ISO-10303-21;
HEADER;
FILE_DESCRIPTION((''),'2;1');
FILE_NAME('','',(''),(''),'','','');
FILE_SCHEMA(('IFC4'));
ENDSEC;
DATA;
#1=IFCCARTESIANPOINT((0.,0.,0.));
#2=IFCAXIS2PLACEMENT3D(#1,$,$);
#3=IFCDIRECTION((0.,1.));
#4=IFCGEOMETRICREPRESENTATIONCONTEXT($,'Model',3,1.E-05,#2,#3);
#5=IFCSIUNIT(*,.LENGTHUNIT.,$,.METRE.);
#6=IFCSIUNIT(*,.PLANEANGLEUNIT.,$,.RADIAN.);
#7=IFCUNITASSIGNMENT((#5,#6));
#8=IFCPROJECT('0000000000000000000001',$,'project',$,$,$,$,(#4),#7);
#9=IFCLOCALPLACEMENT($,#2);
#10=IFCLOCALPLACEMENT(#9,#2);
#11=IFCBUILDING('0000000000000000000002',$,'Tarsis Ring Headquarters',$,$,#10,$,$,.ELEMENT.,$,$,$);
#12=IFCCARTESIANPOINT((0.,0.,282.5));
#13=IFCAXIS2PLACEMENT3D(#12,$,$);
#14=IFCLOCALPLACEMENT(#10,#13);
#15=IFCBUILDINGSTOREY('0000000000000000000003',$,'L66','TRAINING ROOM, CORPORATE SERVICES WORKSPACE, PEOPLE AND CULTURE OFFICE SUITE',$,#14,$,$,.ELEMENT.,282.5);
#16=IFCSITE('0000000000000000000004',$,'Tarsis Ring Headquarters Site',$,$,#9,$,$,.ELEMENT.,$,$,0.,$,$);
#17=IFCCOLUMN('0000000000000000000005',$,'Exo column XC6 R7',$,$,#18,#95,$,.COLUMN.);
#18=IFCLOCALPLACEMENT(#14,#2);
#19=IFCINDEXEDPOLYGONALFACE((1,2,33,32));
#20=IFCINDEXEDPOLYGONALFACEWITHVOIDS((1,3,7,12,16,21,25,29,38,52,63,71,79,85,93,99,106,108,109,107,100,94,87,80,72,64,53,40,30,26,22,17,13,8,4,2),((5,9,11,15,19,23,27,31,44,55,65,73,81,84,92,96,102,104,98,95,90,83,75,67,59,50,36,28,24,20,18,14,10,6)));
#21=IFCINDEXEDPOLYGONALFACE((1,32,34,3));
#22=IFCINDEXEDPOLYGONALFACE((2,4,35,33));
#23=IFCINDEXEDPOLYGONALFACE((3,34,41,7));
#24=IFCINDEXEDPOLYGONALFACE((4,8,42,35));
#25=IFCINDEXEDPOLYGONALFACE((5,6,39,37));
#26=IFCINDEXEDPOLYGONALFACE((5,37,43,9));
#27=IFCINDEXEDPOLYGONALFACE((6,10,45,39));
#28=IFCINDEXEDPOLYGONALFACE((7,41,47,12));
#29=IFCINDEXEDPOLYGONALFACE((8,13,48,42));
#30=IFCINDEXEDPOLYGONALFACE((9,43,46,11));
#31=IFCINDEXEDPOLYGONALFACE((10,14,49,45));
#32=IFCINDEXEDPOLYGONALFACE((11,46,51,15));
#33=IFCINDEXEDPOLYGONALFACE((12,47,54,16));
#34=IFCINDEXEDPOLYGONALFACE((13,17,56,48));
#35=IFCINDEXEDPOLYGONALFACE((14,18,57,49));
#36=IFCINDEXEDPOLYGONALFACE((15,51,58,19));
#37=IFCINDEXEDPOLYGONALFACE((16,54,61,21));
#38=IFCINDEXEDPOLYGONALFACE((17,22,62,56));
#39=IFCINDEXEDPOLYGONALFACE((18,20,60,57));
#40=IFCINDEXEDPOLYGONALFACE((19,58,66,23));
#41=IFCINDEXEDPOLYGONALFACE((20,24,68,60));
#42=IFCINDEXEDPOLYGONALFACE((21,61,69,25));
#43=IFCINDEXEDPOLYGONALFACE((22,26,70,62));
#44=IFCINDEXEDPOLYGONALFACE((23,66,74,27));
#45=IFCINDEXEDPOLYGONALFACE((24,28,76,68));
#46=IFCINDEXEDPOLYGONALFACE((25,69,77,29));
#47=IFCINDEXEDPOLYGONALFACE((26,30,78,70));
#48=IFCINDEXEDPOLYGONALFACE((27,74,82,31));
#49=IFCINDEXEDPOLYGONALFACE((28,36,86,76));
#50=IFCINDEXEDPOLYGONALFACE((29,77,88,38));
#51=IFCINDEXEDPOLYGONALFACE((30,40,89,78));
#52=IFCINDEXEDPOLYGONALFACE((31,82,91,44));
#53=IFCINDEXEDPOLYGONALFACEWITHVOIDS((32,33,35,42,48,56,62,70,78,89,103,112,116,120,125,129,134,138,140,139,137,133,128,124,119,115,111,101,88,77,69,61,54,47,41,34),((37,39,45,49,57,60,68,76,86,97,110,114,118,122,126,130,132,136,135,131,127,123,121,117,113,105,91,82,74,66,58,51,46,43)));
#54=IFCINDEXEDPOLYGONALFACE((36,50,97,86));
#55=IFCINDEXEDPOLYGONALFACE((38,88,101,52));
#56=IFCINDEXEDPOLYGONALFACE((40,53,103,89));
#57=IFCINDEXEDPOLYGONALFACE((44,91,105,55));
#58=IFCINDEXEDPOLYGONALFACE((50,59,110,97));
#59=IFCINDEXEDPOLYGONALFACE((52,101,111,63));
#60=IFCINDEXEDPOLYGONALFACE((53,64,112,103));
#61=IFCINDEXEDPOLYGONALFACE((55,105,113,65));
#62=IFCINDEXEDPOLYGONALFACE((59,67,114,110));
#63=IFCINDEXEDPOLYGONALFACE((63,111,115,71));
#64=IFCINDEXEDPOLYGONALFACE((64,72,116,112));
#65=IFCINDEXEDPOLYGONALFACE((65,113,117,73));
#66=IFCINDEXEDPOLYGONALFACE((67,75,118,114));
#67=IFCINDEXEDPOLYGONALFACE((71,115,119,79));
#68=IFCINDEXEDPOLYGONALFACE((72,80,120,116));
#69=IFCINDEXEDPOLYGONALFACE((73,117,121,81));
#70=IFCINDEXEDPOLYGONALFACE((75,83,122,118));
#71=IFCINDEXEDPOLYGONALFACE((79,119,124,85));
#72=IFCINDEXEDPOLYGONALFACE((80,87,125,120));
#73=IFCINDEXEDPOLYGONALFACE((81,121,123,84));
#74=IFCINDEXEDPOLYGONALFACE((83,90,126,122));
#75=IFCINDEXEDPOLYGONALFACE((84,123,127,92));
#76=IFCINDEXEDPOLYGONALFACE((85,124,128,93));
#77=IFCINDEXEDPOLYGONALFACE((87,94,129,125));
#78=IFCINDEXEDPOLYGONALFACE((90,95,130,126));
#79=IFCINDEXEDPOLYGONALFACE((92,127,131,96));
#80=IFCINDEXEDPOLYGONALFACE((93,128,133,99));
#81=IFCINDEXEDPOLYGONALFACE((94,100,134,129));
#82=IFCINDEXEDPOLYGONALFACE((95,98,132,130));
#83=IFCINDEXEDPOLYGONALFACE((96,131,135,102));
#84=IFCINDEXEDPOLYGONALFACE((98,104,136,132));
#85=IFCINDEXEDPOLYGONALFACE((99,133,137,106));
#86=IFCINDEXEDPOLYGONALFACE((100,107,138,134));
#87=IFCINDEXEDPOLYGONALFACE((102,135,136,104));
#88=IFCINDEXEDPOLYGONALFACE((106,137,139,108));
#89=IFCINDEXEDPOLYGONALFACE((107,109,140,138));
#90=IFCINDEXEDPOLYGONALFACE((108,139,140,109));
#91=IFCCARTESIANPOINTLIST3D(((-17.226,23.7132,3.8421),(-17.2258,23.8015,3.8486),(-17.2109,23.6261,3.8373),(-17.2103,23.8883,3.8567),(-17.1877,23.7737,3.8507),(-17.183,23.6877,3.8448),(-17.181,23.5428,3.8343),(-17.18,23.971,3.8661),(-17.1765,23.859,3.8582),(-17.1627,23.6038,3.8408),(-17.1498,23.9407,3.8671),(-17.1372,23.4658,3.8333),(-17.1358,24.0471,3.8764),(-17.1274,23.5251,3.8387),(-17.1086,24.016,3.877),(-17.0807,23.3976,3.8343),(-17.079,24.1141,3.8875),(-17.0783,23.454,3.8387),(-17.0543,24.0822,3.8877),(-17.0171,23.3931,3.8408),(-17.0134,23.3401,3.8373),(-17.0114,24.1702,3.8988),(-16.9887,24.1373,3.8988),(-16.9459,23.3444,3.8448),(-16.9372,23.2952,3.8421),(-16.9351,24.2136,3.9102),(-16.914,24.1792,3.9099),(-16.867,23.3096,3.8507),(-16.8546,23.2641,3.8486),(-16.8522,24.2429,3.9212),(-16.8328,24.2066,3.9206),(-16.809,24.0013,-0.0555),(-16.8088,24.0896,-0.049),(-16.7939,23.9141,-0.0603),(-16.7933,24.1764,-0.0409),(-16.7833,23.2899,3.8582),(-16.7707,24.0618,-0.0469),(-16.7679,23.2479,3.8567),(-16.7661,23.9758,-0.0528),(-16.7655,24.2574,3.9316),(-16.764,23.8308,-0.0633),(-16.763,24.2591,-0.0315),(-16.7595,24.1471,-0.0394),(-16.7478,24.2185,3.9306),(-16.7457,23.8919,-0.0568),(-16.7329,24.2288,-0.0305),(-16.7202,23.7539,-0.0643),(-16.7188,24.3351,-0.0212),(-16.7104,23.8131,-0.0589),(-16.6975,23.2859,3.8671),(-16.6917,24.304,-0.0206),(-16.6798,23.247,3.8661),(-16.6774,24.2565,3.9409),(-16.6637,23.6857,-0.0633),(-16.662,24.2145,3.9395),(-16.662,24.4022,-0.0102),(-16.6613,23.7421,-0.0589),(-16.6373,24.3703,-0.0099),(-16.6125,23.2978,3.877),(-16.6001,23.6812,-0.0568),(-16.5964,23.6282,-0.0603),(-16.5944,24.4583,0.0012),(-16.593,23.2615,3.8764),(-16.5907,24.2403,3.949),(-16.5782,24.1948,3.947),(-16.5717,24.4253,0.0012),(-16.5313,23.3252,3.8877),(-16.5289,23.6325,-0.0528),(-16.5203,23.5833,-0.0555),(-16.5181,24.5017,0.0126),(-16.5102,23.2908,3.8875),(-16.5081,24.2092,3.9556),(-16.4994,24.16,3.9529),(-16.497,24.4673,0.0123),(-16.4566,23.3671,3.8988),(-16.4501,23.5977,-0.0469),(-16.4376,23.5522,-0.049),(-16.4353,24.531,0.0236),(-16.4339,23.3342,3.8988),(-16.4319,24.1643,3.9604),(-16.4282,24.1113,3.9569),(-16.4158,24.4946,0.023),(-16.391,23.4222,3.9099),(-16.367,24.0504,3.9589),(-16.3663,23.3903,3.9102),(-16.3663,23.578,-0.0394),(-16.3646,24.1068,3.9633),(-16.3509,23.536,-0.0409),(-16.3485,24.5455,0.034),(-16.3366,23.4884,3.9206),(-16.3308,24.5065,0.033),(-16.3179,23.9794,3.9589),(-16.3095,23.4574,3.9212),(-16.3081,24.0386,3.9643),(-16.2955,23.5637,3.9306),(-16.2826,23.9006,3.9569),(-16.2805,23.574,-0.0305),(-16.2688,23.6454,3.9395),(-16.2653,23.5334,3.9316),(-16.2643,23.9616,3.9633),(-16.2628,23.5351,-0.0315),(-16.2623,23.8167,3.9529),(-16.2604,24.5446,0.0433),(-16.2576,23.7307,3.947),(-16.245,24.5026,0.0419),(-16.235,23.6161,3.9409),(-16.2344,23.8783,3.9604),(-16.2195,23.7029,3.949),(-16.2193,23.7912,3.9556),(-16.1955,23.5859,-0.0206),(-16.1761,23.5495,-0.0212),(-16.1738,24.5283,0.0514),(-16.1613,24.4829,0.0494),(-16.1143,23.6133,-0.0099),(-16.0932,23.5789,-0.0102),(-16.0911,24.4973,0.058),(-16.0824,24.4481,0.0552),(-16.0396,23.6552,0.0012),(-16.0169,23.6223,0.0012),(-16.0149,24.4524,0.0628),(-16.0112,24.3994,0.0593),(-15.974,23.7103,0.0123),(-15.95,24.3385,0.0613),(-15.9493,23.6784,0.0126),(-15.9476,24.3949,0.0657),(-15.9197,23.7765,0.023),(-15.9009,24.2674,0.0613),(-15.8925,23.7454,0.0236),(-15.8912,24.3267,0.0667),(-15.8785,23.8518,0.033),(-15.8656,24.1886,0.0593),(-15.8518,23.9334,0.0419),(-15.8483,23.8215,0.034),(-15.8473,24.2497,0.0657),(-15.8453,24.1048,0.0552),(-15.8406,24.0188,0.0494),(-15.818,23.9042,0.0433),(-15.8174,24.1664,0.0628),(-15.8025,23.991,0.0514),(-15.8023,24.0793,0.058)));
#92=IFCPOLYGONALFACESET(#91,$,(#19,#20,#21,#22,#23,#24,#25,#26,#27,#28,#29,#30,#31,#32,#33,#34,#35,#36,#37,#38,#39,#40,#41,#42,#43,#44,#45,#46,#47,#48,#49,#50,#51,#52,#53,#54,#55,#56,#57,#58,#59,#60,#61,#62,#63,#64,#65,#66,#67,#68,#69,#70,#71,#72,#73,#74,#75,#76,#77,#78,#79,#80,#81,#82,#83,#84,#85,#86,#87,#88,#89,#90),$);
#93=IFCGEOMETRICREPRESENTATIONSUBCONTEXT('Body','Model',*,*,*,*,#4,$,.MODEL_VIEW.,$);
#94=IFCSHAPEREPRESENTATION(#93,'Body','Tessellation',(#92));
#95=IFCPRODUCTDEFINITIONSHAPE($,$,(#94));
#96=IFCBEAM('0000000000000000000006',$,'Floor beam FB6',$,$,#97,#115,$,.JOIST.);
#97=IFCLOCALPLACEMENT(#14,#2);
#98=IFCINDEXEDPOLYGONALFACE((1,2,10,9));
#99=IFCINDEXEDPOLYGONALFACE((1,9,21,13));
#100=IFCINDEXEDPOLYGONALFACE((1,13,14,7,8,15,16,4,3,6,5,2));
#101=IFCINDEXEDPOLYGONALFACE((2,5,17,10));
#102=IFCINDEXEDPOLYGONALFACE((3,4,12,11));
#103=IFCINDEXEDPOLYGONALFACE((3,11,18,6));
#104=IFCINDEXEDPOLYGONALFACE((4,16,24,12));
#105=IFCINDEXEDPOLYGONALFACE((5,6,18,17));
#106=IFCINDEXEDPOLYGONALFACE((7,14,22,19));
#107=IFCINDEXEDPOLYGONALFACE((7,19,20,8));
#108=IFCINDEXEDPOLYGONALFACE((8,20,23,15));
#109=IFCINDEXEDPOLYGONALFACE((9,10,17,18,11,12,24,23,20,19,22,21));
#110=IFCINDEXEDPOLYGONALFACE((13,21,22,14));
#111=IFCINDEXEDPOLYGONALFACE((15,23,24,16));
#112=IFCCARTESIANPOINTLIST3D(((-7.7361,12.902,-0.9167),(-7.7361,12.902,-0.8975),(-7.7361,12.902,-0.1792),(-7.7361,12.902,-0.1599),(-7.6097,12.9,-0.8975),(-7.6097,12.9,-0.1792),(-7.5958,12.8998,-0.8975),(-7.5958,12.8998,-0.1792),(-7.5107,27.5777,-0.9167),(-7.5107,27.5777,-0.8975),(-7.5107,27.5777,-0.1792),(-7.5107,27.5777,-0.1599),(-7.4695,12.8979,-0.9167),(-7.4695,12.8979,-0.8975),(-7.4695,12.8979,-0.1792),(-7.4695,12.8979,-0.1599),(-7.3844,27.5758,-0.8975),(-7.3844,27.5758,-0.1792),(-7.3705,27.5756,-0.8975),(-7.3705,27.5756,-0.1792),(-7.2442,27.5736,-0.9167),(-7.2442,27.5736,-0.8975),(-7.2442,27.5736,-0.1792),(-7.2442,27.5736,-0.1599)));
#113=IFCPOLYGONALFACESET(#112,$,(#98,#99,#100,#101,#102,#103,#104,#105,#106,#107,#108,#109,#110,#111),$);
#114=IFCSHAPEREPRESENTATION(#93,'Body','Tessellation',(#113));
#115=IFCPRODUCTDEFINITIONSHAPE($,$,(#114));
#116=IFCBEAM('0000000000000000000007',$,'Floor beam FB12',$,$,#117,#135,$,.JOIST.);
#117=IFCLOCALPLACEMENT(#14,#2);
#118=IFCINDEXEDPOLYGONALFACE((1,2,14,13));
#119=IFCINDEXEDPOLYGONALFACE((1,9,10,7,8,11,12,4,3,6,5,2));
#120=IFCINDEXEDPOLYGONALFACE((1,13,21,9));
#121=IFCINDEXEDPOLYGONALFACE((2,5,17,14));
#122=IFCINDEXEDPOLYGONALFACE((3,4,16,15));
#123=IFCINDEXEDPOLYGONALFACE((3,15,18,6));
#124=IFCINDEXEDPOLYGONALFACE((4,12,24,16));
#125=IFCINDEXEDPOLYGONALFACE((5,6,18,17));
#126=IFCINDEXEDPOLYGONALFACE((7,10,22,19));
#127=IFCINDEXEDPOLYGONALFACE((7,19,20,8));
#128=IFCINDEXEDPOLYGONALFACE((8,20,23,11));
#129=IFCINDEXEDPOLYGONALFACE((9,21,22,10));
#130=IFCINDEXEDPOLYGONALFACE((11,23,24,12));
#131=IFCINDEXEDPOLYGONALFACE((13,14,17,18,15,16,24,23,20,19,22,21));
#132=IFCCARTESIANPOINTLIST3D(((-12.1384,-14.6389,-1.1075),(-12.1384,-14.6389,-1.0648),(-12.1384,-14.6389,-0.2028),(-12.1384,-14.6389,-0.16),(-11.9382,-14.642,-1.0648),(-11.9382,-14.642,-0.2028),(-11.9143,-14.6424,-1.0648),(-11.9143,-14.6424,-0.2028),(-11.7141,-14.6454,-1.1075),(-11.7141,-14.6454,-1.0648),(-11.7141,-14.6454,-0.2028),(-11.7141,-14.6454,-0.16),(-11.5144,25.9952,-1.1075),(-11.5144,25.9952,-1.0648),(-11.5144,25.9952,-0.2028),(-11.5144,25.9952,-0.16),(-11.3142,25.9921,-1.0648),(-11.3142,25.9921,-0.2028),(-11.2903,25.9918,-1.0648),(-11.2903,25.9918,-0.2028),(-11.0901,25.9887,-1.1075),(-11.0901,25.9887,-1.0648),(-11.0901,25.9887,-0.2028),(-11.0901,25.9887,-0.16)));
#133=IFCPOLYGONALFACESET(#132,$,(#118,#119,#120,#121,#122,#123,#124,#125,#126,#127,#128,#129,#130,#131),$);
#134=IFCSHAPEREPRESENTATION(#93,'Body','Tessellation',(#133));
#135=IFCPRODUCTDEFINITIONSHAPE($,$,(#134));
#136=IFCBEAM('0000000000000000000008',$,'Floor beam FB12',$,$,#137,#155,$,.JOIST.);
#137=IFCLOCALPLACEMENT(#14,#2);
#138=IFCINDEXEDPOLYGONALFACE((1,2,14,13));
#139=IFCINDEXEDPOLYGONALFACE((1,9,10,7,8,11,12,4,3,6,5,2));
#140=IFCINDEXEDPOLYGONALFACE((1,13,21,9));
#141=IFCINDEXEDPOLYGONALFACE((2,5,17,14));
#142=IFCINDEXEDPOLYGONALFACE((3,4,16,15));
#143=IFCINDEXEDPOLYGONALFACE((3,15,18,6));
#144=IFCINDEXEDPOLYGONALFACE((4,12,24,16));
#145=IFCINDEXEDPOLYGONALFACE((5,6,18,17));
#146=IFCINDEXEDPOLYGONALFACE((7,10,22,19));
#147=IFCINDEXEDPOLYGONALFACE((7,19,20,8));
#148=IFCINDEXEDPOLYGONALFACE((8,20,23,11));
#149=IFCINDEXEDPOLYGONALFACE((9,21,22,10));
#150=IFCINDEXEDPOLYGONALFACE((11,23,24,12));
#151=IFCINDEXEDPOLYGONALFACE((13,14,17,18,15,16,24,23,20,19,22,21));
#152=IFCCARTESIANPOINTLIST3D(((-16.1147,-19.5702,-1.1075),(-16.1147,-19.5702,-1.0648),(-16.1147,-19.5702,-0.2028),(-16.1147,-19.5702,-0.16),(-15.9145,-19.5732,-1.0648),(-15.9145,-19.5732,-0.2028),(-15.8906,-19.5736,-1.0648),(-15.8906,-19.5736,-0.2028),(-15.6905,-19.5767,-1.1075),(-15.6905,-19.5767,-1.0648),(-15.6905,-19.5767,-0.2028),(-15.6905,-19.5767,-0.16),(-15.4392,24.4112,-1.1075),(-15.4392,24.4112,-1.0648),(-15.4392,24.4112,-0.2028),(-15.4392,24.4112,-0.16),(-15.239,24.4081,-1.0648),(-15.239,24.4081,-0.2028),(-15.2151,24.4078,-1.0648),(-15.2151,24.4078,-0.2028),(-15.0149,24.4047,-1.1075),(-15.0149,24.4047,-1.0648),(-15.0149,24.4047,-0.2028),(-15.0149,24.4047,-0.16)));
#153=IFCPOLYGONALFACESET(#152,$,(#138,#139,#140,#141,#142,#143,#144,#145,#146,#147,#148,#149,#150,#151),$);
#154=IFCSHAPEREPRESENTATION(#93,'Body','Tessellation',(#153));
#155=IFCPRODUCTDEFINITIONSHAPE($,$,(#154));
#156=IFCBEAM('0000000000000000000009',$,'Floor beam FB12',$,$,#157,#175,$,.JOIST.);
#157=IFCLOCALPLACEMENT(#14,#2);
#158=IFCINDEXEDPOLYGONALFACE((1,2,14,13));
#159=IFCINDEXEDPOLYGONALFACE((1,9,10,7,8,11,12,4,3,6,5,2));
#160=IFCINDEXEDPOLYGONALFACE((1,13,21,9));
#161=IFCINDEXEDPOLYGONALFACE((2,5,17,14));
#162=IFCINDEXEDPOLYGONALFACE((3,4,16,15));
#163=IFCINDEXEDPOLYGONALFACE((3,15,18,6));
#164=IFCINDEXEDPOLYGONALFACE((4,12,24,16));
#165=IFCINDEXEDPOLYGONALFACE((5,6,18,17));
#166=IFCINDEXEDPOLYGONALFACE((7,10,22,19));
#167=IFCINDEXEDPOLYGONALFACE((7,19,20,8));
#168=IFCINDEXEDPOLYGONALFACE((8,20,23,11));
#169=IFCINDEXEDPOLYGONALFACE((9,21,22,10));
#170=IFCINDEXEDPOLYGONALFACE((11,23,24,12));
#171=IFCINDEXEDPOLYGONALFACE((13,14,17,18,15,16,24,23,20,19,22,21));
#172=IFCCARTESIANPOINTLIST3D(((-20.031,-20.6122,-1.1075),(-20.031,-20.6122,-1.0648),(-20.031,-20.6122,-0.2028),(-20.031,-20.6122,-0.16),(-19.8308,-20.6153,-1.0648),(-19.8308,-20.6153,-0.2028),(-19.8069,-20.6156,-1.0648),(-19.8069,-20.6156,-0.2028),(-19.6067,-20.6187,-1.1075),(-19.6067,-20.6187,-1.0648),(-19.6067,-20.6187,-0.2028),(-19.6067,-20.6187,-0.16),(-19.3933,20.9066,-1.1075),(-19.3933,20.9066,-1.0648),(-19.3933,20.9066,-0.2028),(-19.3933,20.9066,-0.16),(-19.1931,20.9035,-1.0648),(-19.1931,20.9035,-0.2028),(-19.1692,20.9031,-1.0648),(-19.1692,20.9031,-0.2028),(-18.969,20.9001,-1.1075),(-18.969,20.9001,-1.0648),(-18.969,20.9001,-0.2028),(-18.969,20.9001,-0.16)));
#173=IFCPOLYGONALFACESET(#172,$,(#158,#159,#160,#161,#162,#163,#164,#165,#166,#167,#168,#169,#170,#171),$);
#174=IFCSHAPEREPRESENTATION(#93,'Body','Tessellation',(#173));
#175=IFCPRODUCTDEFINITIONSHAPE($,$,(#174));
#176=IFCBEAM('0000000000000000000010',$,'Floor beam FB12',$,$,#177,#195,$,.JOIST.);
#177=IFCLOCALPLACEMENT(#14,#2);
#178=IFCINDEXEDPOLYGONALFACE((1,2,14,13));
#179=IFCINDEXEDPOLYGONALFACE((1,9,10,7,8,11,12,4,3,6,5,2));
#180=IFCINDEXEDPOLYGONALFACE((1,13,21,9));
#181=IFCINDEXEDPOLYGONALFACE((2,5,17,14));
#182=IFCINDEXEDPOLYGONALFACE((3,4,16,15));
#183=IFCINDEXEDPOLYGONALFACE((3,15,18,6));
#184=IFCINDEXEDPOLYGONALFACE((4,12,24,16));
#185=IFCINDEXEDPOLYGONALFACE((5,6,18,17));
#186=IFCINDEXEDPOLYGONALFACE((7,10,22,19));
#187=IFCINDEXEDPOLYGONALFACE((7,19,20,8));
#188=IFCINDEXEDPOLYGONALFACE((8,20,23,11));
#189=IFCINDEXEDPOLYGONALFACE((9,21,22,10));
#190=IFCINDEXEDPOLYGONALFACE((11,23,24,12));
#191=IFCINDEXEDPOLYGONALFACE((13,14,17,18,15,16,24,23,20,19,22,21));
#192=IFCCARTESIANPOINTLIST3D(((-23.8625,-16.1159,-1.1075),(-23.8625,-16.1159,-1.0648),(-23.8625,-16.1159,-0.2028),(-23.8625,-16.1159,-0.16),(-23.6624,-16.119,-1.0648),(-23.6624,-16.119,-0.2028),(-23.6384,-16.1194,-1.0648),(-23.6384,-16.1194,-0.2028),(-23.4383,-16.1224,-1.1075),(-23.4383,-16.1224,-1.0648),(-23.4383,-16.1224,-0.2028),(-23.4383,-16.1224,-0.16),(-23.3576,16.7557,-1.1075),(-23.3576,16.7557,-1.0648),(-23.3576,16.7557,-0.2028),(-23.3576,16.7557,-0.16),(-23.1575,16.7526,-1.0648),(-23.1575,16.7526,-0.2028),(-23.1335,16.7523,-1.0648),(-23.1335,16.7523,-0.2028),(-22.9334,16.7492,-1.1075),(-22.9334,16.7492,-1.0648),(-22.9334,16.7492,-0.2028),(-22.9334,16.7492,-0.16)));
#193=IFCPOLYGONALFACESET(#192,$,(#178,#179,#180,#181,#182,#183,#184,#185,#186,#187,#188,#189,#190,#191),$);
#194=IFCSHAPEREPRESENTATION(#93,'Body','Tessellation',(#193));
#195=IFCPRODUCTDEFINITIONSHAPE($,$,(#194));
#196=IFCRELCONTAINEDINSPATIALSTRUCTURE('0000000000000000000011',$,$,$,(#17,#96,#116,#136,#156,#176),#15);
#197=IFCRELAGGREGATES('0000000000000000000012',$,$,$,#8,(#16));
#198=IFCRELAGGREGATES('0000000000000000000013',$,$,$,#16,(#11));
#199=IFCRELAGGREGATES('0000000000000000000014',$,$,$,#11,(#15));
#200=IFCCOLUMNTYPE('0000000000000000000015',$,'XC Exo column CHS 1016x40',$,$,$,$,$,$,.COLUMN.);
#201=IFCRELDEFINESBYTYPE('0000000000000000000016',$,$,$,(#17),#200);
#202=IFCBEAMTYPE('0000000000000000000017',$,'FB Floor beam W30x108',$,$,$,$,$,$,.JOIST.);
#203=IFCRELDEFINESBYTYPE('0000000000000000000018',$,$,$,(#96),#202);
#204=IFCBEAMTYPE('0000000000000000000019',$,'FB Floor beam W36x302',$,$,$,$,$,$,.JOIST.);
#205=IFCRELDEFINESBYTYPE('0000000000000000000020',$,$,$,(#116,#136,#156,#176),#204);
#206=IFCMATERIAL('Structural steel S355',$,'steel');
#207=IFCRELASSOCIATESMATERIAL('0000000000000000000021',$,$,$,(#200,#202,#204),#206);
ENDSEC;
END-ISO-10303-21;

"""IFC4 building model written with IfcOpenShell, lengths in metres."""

from ifc_helpers import new_model, si_unit, direction, frame, origin, origin_2d, place, context, subcontext, project, spatial, hollow_circle, i_section, extrude, material, material_profile, profile_set, type_object, element, save


model = new_model("IFC4")

# Units and contexts
model_context = context("Model", 3, precision=1e-05, world=origin(), true_north=direction((0.0, 1.0)))
body_context = subcontext(model_context, "Body", "Model", "MODEL_VIEW")
ifc_project = project(units=[si_unit("LENGTHUNIT", "METRE"), si_unit("PLANEANGLEUNIT", "RADIAN")], contexts=[model_context])

# Site, building, storey
site_placement = place(None, origin())
site = spatial("IfcSite", under=ifc_project, at=site_placement, Name="Tarsis Ring Headquarters Site", CompositionType="ELEMENT", RefElevation=0.0)
building_placement = place(site_placement, origin())
building = spatial("IfcBuilding", under=site, at=building_placement, Name="Tarsis Ring Headquarters", CompositionType="ELEMENT")
storey_placement = place(building_placement, frame((0.0, 0.0, 282.5)))
storey = spatial("IfcBuildingStorey", under=building, at=storey_placement, Name="L66", Description="TRAINING ROOM, CORPORATE SERVICES WORKSPACE, PEOPLE AND CULTURE OFFICE SUITE", CompositionType="ELEMENT", Elevation=282.5)

# Column
ifc_material_1 = material(Name="Structural steel S355", Category="steel")
ifc_material_profile_1 = material_profile(ifc_material_1, hollow_circle(Radius=0.5081, WallThickness=0.04, at=origin_2d()), Name="CHS 1016x40")
ifc_profile_set_1 = profile_set([ifc_material_profile_1], Name="Structural steel S355")
column_type = type_object("IfcColumnType", Name="XC Exo column CHS 1016x40", PredefinedType="COLUMN", material=ifc_profile_set_1)
column_placement = place(storey_placement, frame((-16.3057, 24.0403, 0.0012), z_axis=(-0.106091, -0.073295, 0.991651), x_axis=(0.568408, -0.822747, 0.0)))
element("IfcColumn", 1, at=column_placement, inside=storey, type_object=column_type, Name="Exo column XC6 R7", PredefinedType="COLUMN", context=body_context, shape_type="SweptSolid", body=[
    extrude(hollow_circle(Radius=0.5081, WallThickness=0.04, at=origin_2d()), origin(), (0.0, 0.0, 1.0), 3.9304),
])

# Beams
ifc_material_profile_2 = material_profile(ifc_material_1, i_section(OverallWidth=0.2666, OverallDepth=0.7568, WebThickness=0.0139, FlangeThickness=0.0193, at=origin_2d()), Name="W30x108")
ifc_profile_set_2 = profile_set([ifc_material_profile_2], Name="Structural steel S355")
beam_type_1 = type_object("IfcBeamType", Name="FB Floor beam W30x108", PredefinedType="JOIST", material=ifc_profile_set_2)
beam_1_placement = place(storey_placement, frame((-7.3774, 27.5757, -0.5383), z_axis=(-0.015353, -0.999882, 0.0), x_axis=(0.999882, -0.015353, 0.0)))
element("IfcBeam", 2, at=beam_1_placement, inside=storey, type_object=beam_type_1, Name="Floor beam FB6", PredefinedType="JOIST", context=body_context, shape_type="SweptSolid", body=[
    extrude(i_section(OverallWidth=0.2666, OverallDepth=0.7568, WebThickness=0.0139, FlangeThickness=0.0193, at=origin_2d()), origin(), (0.0, 0.0, 1.0), 14.6775),
])
ifc_material_profile_3 = material_profile(ifc_material_1, i_section(OverallWidth=0.4243, OverallDepth=0.9475, WebThickness=0.0239, FlangeThickness=0.0427, at=origin_2d()), Name="W36x302")
ifc_profile_set_3 = profile_set([ifc_material_profile_3], Name="Structural steel S355")
beam_type_2 = type_object("IfcBeamType", Name="FB Floor beam W36x302", PredefinedType="JOIST", material=ifc_profile_set_3)
beam_2_placement = place(storey_placement, frame((-11.3022, 25.9919, -0.6338), z_axis=(-0.015355, -0.999882, 0.0), x_axis=(0.999882, -0.015355, 0.0)))
element("IfcBeam", 3, at=beam_2_placement, inside=storey, type_object=beam_type_2, Name="Floor beam FB12", PredefinedType="JOIST", context=body_context, shape_type="SweptSolid", body=[
    extrude(i_section(OverallWidth=0.4243, OverallDepth=0.9475, WebThickness=0.0239, FlangeThickness=0.0427, at=origin_2d()), origin(), (0.0, 0.0, 1.0), 40.6389),
])
beam_3_placement = place(storey_placement, frame((-15.2271, 24.408, -0.6338), z_axis=(-0.015358, -0.999882, 0.0), x_axis=(0.999882, -0.015358, 0.0)))
element("IfcBeam", 4, at=beam_3_placement, inside=storey, type_object=beam_type_2, Name="Floor beam FB12", PredefinedType="JOIST", context=body_context, shape_type="SweptSolid", body=[
    extrude(i_section(OverallWidth=0.4243, OverallDepth=0.9475, WebThickness=0.0239, FlangeThickness=0.0427, at=origin_2d()), origin(), (0.0, 0.0, 1.0), 43.9866),
])
beam_4_placement = place(storey_placement, frame((-19.1812, 20.9033, -0.6338), z_axis=(-0.015357, -0.999882, 0.0), x_axis=(0.999882, -0.015357, 0.0)))
element("IfcBeam", 5, at=beam_4_placement, inside=storey, type_object=beam_type_2, Name="Floor beam FB12", PredefinedType="JOIST", context=body_context, shape_type="SweptSolid", body=[
    extrude(i_section(OverallWidth=0.4243, OverallDepth=0.9475, WebThickness=0.0239, FlangeThickness=0.0427, at=origin_2d()), origin(), (0.0, 0.0, 1.0), 41.5237),
])
beam_5_placement = place(storey_placement, frame((-23.1455, 16.7524, -0.6338), z_axis=(-0.015357, -0.999882, 0.0), x_axis=(0.999882, -0.015357, 0.0)))
element("IfcBeam", 6, at=beam_5_placement, inside=storey, type_object=beam_type_2, Name="Floor beam FB12", PredefinedType="JOIST", context=body_context, shape_type="SweptSolid", body=[
    extrude(i_section(OverallWidth=0.4243, OverallDepth=0.9475, WebThickness=0.0239, FlangeThickness=0.0427, at=origin_2d()), origin(), (0.0, 0.0, 1.0), 32.8755),
])

save(model, "model.ifc")
